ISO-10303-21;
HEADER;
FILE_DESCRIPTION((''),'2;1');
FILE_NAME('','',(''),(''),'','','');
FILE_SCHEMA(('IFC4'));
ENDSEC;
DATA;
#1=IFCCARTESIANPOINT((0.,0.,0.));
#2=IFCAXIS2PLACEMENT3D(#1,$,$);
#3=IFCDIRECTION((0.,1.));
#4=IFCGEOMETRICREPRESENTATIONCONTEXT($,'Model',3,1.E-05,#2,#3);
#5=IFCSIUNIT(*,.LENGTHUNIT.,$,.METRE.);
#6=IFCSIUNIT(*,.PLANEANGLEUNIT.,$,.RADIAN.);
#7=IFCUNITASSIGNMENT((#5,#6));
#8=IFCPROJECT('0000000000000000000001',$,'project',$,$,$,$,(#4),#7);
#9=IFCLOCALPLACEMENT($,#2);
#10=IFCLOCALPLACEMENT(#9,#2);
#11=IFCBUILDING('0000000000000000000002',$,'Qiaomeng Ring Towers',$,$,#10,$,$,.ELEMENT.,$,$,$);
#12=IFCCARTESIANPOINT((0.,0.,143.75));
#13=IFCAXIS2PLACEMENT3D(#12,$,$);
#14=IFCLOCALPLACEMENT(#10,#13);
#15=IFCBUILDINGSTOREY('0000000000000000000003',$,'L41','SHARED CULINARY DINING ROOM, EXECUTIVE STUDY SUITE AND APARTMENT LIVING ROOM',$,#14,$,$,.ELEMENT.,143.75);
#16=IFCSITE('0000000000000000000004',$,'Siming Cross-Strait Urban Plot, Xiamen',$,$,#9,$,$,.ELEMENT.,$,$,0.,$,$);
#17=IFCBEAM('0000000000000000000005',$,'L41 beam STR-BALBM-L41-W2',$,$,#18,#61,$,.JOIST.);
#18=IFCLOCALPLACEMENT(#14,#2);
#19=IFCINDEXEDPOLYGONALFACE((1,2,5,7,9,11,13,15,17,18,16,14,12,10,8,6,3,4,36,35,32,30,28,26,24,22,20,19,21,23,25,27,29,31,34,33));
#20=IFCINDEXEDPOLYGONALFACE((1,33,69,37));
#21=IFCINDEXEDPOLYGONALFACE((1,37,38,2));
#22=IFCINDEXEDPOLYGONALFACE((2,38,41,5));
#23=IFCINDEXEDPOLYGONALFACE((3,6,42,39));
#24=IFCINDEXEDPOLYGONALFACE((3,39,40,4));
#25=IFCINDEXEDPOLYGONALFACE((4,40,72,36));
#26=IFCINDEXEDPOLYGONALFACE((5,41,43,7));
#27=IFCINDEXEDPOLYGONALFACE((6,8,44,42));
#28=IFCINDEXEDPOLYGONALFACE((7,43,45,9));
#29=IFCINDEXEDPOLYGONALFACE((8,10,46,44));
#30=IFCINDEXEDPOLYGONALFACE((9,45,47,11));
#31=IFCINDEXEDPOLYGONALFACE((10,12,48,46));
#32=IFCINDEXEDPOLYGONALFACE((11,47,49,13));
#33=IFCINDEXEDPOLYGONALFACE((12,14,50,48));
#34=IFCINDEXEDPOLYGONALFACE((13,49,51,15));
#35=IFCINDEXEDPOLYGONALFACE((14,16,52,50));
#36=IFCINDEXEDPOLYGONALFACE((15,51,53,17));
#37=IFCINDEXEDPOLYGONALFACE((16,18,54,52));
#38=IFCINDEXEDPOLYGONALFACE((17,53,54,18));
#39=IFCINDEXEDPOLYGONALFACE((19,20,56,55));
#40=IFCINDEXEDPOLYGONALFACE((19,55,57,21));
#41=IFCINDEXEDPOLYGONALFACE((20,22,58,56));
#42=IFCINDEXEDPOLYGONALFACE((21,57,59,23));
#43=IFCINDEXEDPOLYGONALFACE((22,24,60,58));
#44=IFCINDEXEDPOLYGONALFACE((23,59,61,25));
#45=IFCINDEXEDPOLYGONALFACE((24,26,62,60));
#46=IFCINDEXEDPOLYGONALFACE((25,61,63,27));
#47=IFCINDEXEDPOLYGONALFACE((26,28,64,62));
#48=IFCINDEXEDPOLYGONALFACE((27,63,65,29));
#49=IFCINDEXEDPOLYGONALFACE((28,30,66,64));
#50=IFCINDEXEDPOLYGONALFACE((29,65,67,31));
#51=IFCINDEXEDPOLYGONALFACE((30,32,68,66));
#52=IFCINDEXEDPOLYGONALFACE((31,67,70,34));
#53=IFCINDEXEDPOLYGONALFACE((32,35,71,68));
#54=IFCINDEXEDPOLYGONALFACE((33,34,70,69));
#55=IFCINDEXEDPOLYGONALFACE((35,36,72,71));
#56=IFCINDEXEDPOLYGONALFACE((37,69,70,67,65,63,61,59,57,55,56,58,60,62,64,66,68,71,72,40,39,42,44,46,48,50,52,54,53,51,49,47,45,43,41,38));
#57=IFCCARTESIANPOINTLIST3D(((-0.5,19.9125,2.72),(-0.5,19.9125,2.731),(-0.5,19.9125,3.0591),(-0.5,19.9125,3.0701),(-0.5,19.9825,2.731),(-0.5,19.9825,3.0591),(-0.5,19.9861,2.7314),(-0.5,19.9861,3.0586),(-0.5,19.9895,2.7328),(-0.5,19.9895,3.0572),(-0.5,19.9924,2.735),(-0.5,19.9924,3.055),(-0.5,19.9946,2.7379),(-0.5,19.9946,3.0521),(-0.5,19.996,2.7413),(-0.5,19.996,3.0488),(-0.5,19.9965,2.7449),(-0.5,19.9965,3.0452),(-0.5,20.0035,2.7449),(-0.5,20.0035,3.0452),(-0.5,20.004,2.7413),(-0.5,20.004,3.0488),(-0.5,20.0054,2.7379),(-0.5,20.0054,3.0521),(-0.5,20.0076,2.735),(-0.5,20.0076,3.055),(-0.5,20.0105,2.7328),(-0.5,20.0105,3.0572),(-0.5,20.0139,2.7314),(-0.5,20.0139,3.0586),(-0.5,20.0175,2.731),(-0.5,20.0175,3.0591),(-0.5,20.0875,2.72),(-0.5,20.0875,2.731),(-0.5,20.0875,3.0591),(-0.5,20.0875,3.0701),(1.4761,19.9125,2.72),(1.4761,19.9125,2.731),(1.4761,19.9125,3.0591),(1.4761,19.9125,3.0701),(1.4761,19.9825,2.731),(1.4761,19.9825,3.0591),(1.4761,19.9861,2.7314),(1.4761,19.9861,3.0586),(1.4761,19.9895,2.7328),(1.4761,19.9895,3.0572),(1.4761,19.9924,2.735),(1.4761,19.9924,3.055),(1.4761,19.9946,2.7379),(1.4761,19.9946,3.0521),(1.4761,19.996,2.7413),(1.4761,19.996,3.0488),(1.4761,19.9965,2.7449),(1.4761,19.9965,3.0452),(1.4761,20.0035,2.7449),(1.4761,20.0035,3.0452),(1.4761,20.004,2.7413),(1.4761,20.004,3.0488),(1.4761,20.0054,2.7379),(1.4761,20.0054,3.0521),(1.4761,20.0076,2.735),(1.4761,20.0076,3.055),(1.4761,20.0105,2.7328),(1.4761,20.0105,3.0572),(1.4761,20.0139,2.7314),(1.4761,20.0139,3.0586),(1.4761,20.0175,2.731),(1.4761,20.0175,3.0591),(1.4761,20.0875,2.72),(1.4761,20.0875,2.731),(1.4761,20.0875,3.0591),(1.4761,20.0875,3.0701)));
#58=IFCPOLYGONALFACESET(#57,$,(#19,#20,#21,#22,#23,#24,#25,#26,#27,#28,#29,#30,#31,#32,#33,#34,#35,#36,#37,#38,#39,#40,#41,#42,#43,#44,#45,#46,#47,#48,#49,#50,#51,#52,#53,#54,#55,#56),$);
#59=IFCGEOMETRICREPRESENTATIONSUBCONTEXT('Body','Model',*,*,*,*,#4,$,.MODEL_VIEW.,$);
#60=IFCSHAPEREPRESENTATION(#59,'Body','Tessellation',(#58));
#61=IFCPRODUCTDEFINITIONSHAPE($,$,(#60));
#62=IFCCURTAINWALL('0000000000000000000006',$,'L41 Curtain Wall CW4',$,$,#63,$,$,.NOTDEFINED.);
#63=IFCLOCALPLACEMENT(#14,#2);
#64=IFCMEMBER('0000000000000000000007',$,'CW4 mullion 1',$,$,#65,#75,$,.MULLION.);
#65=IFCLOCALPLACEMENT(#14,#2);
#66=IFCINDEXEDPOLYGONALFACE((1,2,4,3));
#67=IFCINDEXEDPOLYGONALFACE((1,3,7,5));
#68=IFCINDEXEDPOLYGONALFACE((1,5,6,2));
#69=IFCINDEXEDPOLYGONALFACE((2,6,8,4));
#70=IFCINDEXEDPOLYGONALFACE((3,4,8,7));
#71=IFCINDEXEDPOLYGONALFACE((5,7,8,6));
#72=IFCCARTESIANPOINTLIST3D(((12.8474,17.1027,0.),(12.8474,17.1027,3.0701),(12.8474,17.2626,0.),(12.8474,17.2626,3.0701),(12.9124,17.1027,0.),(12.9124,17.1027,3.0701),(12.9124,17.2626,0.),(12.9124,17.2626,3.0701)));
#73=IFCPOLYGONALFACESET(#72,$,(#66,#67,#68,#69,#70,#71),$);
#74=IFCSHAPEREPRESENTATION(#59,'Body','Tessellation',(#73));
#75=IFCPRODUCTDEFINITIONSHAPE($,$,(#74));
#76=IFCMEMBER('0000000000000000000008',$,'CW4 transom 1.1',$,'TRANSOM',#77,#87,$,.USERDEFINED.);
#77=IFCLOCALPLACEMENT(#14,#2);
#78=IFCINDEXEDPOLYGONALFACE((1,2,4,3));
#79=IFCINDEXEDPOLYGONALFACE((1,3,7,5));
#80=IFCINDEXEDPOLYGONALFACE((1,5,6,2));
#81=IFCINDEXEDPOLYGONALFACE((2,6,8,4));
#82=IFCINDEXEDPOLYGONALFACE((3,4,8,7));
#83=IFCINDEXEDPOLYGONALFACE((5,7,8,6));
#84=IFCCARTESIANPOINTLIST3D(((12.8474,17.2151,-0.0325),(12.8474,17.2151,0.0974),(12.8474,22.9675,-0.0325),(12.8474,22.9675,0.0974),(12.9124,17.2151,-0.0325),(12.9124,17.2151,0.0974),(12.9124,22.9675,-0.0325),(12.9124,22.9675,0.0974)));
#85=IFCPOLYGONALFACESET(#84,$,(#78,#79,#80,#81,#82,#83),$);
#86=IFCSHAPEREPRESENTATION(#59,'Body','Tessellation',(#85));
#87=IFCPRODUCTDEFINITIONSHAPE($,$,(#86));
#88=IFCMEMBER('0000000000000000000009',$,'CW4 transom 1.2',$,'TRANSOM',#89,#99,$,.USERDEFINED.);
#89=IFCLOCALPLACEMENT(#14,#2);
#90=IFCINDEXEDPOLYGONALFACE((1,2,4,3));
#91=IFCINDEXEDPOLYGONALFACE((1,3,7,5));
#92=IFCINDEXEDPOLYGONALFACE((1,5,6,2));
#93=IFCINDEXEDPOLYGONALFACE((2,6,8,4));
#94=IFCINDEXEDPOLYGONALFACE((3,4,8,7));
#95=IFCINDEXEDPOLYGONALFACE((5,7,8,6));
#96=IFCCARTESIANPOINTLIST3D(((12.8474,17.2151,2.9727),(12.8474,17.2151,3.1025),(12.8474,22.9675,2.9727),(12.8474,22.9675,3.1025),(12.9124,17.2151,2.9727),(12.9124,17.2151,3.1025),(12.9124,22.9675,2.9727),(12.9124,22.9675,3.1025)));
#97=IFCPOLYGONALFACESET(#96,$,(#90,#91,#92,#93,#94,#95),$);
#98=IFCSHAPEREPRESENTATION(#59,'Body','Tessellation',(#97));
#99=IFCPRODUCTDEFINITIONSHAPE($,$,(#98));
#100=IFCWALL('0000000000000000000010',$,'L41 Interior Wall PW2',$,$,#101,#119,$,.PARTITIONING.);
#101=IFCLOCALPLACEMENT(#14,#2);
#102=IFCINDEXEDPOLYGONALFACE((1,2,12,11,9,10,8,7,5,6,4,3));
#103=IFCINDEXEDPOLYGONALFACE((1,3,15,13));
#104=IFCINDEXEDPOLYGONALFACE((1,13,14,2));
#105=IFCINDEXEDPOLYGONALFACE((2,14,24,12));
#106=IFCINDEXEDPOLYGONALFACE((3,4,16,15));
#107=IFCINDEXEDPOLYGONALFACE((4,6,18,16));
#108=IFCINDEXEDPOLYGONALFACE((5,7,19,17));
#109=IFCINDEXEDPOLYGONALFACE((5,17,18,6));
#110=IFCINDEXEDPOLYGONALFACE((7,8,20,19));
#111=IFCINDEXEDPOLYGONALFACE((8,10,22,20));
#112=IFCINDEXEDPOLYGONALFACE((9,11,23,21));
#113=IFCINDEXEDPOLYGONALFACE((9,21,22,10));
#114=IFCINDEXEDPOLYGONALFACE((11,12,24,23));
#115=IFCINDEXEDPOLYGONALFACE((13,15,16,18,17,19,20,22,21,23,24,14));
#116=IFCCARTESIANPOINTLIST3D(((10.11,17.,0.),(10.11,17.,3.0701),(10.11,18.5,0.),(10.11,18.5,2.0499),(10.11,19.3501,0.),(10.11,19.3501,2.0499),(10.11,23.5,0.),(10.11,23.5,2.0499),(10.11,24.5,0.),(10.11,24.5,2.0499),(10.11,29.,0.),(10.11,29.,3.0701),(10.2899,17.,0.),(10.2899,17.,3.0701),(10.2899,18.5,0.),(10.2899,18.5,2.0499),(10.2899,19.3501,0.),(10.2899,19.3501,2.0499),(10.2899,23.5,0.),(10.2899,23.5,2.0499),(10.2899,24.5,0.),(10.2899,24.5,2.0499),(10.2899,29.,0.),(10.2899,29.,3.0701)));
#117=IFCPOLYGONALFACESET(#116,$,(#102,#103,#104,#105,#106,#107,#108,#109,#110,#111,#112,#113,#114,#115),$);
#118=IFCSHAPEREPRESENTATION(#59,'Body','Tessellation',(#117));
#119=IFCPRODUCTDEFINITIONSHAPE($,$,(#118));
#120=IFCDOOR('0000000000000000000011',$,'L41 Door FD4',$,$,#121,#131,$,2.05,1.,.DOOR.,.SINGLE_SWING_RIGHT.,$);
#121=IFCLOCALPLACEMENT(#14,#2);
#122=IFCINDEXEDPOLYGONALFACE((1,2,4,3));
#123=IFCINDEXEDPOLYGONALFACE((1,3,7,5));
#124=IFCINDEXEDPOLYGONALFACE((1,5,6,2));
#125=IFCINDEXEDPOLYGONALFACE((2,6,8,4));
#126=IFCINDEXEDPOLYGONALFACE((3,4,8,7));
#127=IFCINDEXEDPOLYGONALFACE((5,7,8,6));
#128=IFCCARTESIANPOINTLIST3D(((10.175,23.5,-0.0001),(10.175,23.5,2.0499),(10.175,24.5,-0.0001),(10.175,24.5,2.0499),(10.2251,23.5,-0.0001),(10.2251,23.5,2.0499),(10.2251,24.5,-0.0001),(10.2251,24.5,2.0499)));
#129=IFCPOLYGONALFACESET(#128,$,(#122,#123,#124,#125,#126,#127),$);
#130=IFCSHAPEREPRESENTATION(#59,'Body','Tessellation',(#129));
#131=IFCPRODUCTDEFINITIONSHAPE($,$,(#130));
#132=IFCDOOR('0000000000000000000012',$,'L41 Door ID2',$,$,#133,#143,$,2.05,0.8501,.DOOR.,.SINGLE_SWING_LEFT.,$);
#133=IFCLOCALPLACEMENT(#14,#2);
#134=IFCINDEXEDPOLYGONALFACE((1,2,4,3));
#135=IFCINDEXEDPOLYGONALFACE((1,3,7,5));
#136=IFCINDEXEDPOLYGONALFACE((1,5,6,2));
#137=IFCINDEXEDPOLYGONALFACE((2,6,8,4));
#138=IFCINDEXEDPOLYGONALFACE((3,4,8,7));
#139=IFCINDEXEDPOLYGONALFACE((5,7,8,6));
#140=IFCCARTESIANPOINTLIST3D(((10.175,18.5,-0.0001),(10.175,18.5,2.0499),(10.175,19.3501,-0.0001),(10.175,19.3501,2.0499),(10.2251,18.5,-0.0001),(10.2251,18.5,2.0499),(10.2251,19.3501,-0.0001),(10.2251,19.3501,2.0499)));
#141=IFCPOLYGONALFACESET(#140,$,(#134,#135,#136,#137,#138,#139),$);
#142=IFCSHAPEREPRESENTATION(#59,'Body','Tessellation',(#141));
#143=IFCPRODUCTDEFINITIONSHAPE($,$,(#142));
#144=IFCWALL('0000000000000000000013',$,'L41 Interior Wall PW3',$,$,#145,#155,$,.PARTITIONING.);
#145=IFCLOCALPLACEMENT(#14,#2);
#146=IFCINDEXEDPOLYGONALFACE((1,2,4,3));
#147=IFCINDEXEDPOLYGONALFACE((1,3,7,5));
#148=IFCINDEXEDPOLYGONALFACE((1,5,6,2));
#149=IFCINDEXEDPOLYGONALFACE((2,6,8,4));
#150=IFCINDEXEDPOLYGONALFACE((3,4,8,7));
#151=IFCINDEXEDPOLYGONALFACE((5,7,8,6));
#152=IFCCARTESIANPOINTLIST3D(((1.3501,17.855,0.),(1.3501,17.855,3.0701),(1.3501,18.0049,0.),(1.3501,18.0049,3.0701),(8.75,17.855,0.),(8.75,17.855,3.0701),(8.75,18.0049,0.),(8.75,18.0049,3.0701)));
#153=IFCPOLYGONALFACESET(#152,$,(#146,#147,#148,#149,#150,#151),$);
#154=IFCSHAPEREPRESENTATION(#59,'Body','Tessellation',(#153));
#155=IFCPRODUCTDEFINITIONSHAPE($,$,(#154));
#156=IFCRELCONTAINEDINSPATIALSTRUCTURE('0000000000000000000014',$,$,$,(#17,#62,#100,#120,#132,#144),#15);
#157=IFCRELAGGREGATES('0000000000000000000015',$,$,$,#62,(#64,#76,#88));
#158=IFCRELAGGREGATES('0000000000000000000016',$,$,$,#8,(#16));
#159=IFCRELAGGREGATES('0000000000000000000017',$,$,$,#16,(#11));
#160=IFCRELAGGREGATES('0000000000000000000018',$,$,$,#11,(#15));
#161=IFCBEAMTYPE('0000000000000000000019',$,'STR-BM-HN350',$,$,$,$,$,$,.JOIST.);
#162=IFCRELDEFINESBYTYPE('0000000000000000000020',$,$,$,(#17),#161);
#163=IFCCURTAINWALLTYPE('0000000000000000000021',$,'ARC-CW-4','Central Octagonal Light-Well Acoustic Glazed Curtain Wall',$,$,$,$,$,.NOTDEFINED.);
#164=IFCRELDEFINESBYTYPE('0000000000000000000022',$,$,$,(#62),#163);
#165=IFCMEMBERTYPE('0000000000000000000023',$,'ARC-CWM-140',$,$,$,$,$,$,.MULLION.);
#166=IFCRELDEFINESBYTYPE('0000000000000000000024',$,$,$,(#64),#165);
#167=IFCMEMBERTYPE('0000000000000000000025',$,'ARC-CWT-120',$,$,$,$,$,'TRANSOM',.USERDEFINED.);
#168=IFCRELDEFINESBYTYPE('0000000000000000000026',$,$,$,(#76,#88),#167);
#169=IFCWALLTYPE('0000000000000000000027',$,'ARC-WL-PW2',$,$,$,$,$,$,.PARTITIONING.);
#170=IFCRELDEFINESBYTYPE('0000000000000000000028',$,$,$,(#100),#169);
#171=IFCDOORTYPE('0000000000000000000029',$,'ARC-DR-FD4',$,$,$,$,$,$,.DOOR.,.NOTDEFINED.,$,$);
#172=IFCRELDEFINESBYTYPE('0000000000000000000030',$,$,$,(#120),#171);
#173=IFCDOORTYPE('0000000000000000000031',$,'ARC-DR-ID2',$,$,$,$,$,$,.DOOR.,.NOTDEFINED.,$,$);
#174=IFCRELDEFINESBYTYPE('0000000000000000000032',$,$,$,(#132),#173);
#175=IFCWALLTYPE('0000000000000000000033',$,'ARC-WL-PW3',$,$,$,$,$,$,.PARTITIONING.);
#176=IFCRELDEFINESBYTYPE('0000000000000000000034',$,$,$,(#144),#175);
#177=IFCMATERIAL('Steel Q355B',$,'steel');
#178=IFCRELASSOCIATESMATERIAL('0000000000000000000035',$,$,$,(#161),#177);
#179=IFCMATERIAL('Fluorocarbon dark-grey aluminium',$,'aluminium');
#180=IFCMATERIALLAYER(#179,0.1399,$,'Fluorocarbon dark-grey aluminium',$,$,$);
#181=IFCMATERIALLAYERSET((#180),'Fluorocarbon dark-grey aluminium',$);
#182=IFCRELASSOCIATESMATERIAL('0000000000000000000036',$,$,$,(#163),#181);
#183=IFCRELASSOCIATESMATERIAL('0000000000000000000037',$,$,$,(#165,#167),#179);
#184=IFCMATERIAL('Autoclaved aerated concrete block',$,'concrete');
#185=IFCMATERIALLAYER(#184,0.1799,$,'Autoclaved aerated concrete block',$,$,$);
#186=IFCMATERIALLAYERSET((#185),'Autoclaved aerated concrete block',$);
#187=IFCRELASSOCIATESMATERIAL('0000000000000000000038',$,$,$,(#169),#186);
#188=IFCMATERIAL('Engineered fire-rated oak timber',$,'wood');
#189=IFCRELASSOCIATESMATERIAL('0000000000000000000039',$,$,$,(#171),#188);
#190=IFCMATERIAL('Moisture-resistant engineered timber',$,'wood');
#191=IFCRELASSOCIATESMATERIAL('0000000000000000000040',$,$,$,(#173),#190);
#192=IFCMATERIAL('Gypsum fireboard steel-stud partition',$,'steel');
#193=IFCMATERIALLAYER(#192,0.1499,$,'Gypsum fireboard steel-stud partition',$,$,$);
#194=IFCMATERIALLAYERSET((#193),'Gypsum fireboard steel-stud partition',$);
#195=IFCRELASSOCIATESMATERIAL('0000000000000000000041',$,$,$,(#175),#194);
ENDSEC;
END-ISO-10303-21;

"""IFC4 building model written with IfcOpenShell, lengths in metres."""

from ifc_helpers import new_model, si_unit, direction, frame, frame_2d, origin, origin_2d, place, context, subcontext, project, spatial, rectangle, i_section, extrude, source, transform, mapped, material, layer, layer_set, material_profile, profile_set, type_object, element, fill, aggregate, save


model = new_model("IFC4")

# Units and contexts
model_context = context("Model", 3, precision=1e-05, world=origin(), true_north=direction((0.0, 1.0)))
body_context = subcontext(model_context, "Body", "Model", "MODEL_VIEW")
ifc_project = project(units=[si_unit("LENGTHUNIT", "METRE"), si_unit("PLANEANGLEUNIT", "RADIAN")], contexts=[model_context])

# Site, building, storey
site_placement = place(None, origin())
site = spatial("IfcSite", under=ifc_project, at=site_placement, Name="Siming Cross-Strait Urban Plot, Xiamen", CompositionType="ELEMENT", RefElevation=0.0)
building_placement = place(site_placement, origin())
building = spatial("IfcBuilding", under=site, at=building_placement, Name="Qiaomeng Ring Towers", CompositionType="ELEMENT")
storey_placement = place(building_placement, frame((0.0, 0.0, 143.75)))
storey = spatial("IfcBuildingStorey", under=building, at=storey_placement, Name="L41", Description="SHARED CULINARY DINING ROOM, EXECUTIVE STUDY SUITE AND APARTMENT LIVING ROOM", CompositionType="ELEMENT", Elevation=143.75)

# Beam
ifc_material_1 = material(Name="Steel Q355B", Category="steel")
ifc_material_profile_1 = material_profile(ifc_material_1, i_section(OverallWidth=0.175, OverallDepth=0.3501, WebThickness=0.0071, FlangeThickness=0.011, FilletRadius=0.0139, at=origin_2d()), Name="HN 350x175x7x11")
ifc_profile_set_1 = profile_set([ifc_material_profile_1], Name="Steel Q355B")
beam_type_1 = type_object("IfcBeamType", Name="STR-BM-HN350", PredefinedType="JOIST", material=ifc_profile_set_1)
shared_shape_1 = source(origin(), body_context, "Body", "SweptSolid", [
    extrude(i_section(OverallWidth=0.175, OverallDepth=0.3501, WebThickness=0.0071, FlangeThickness=0.011, FilletRadius=0.0139, at=origin_2d()), origin(), (0.0, 0.0, 1.0), 1.9761),
])
beam_1_placement = place(storey_placement, frame((-0.5, 20.0, 2.895), z_axis=(1.0, 0.0, 0.0), x_axis=(0.0, 1.0, 0.0)))
element("IfcBeam", 1, at=beam_1_placement, inside=storey, type_object=beam_type_1, Name="L41 beam STR-BALBM-L41-W2", PredefinedType="JOIST", context=body_context, shape_type="MappedRepresentation", body=[
    mapped(shared_shape_1, transform((0.0, 0.0, 0.0), x_axis=(1.0, 0.0, 0.0), y_axis=(0.0, 1.0, 0.0), z_axis=(0.0, 0.0, 1.0), scale=1.0)),
])

# Curtain wall, members
ifc_material_2 = material(Name="Fluorocarbon dark-grey aluminium", Category="aluminium")
ifc_layer_1 = layer(ifc_material_2, 0.1399, Name="Fluorocarbon dark-grey aluminium")
ifc_layer_set_1 = layer_set([ifc_layer_1], Name="Fluorocarbon dark-grey aluminium")
curtain_wall_type = type_object("IfcCurtainWallType", Name="ARC-CW-4", Description="Central Octagonal Light-Well Acoustic Glazed Curtain Wall", PredefinedType="NOTDEFINED", material=ifc_layer_set_1)
curtain_wall_placement = place(storey_placement, origin())
curtain_wall = element("IfcCurtainWall", 2, at=curtain_wall_placement, inside=storey, type_object=curtain_wall_type, Name="L41 Curtain Wall CW4", PredefinedType="NOTDEFINED")
ifc_material_profile_2 = material_profile(ifc_material_2, rectangle(XDim=0.0649, YDim=0.1599, at=origin_2d()), Name="ALU MULL 65x160")
ifc_profile_set_2 = profile_set([ifc_material_profile_2], Name="Fluorocarbon dark-grey aluminium")
member_type_1 = type_object("IfcMemberType", Name="ARC-CWM-140", PredefinedType="MULLION", material=ifc_profile_set_2)
shared_shape_2 = source(origin(), body_context, "Body", "SweptSolid", [
    extrude(rectangle(XDim=0.0649, YDim=0.1599, at=origin_2d()), origin(), (0.0, 0.0, 1.0), 3.0701),
])
member_1_placement = place(storey_placement, frame((12.8799, 17.1826, 0.0), z_axis=(0.0, 0.0, 1.0), x_axis=(-1.0, 0.0, 0.0)))
member_1 = element("IfcMember", 3, at=member_1_placement, type_object=member_type_1, Name="CW4 mullion 1", PredefinedType="MULLION", context=body_context, shape_type="MappedRepresentation", body=[
    mapped(shared_shape_2, transform((0.0, 0.0, 0.0), x_axis=(1.0, 0.0, 0.0), y_axis=(0.0, 1.0, 0.0), z_axis=(0.0, 0.0, 1.0), scale=1.0)),
])
ifc_material_profile_3 = material_profile(ifc_material_2, rectangle(XDim=0.0649, YDim=0.1299, at=origin_2d()), Name="ALU TRAN 65x130")
ifc_profile_set_3 = profile_set([ifc_material_profile_3], Name="Fluorocarbon dark-grey aluminium")
member_type_2 = type_object("IfcMemberType", Name="ARC-CWT-120", ElementType="TRANSOM", PredefinedType="USERDEFINED", material=ifc_profile_set_3)
shared_shape_3 = source(origin(), body_context, "Body", "SweptSolid", [
    extrude(rectangle(XDim=0.0649, YDim=0.1299, at=origin_2d()), origin(), (0.0, 0.0, 1.0), 5.7524),
])
member_2_placement = place(storey_placement, frame((12.8799, 17.2151, 0.0325), z_axis=(0.0, 1.0, 0.0), x_axis=(-1.0, 0.0, 0.0)))
member_2 = element("IfcMember", 4, at=member_2_placement, type_object=member_type_2, Name="CW4 transom 1.1", ObjectType="TRANSOM", PredefinedType="USERDEFINED", context=body_context, shape_type="MappedRepresentation", body=[
    mapped(shared_shape_3, transform((0.0, 0.0, 0.0), x_axis=(1.0, 0.0, 0.0), y_axis=(0.0, 1.0, 0.0), z_axis=(0.0, 0.0, 1.0), scale=1.0)),
])
member_3_placement = place(storey_placement, frame((12.8799, 17.2151, 3.0376), z_axis=(0.0, 1.0, 0.0), x_axis=(-1.0, 0.0, 0.0)))
member_3 = element("IfcMember", 5, at=member_3_placement, type_object=member_type_2, Name="CW4 transom 1.2", ObjectType="TRANSOM", PredefinedType="USERDEFINED", context=body_context, shape_type="MappedRepresentation", body=[
    mapped(shared_shape_3, transform((0.0, 0.0, 0.0), x_axis=(1.0, 0.0, 0.0), y_axis=(0.0, 1.0, 0.0), z_axis=(0.0, 0.0, 1.0), scale=1.0)),
])
aggregate(curtain_wall, [member_1, member_2, member_3])

# Wall, openings, doors
ifc_material_3 = material(Name="Autoclaved aerated concrete block", Category="concrete")
ifc_layer_2 = layer(ifc_material_3, 0.1799, Name="Autoclaved aerated concrete block")
ifc_layer_set_2 = layer_set([ifc_layer_2], Name="Autoclaved aerated concrete block")
wall_type_1 = type_object("IfcWallType", Name="ARC-WL-PW2", PredefinedType="PARTITIONING", material=ifc_layer_set_2)
wall_1_placement = place(storey_placement, frame((10.2, 17.0, 0.0), z_axis=(0.0, 0.0, 1.0), x_axis=(0.0, 1.0, 0.0)))
wall_1 = element("IfcWall", 6, at=wall_1_placement, inside=storey, type_object=wall_type_1, Name="L41 Interior Wall PW2", PredefinedType="PARTITIONING", context=body_context, shape_type="SweptSolid", body=[
    extrude(rectangle(XDim=12.0, YDim=0.1799, at=frame_2d((6.0, 0.0))), origin(), (0.0, 0.0, 1.0), 3.0701),
])
opening_1_placement = place(wall_1_placement, frame((1.5, 0.0, 0.0)))
opening_1 = element("IfcOpeningElement", 7, at=opening_1_placement, cuts=wall_1, PredefinedType="OPENING", context=body_context, shape_type="SweptSolid", body=[
    extrude(rectangle(XDim=0.8501, YDim=2.05, at=frame_2d((0.425, 1.0249))), frame((0.0, 0.0999, 0.0), z_axis=(0.0, -1.0, 0.0), x_axis=(1.0, 0.0, 0.0)), (0.0, 0.0, 1.0), 0.2),
])
opening_2_placement = place(wall_1_placement, frame((6.5, 0.0, 0.0)))
opening_2 = element("IfcOpeningElement", 8, at=opening_2_placement, cuts=wall_1, PredefinedType="OPENING", context=body_context, shape_type="SweptSolid", body=[
    extrude(rectangle(XDim=1.0, YDim=2.05, at=frame_2d((0.5, 1.0249))), frame((0.0, 0.0999, 0.0), z_axis=(0.0, -1.0, 0.0), x_axis=(1.0, 0.0, 0.0)), (0.0, 0.0, 1.0), 0.2),
])
ifc_material_4 = material(Name="Engineered fire-rated oak timber", Category="wood")
door_type_1 = type_object("IfcDoorType", Name="ARC-DR-FD4", OperationType="NOTDEFINED", PredefinedType="DOOR", material=ifc_material_4)
shared_shape_4 = source(origin(), body_context, "Body", "SweptSolid", [
    extrude(rectangle(XDim=1.0, YDim=2.05, at=frame_2d((0.5, 1.0249))), frame((0.0, 0.0249, 0.0), z_axis=(0.0, -1.0, 0.0), x_axis=(1.0, 0.0, 0.0)), (0.0, 0.0, 1.0), 0.05),
])
door_1_placement = place(opening_2_placement, origin())
door_1 = element("IfcDoor", 9, at=door_1_placement, inside=storey, type_object=door_type_1, Name="L41 Door FD4", OperationType="SINGLE_SWING_RIGHT", OverallHeight=2.05, OverallWidth=1.0, PredefinedType="DOOR", context=body_context, shape_type="MappedRepresentation", body=[
    mapped(shared_shape_4, transform((0.0, 0.0, 0.0), x_axis=(1.0, 0.0, 0.0), y_axis=(0.0, 1.0, 0.0), z_axis=(0.0, 0.0, 1.0), scale=1.0)),
])
fill(opening_2, door_1)
ifc_material_5 = material(Name="Moisture-resistant engineered timber", Category="wood")
door_type_2 = type_object("IfcDoorType", Name="ARC-DR-ID2", OperationType="NOTDEFINED", PredefinedType="DOOR", material=ifc_material_5)
shared_shape_5 = source(origin(), body_context, "Body", "SweptSolid", [
    extrude(rectangle(XDim=0.8501, YDim=2.05, at=frame_2d((0.425, 1.0249))), frame((0.0, 0.0249, 0.0), z_axis=(0.0, -1.0, 0.0), x_axis=(1.0, 0.0, 0.0)), (0.0, 0.0, 1.0), 0.05),
])
door_2_placement = place(opening_1_placement, origin())
door_2 = element("IfcDoor", 10, at=door_2_placement, inside=storey, type_object=door_type_2, Name="L41 Door ID2", OperationType="SINGLE_SWING_LEFT", OverallHeight=2.05, OverallWidth=0.8501, PredefinedType="DOOR", context=body_context, shape_type="MappedRepresentation", body=[
    mapped(shared_shape_5, transform((0.0, 0.0, 0.0), x_axis=(1.0, 0.0, 0.0), y_axis=(0.0, 1.0, 0.0), z_axis=(0.0, 0.0, 1.0), scale=1.0)),
])
fill(opening_1, door_2)

# Wall
ifc_material_6 = material(Name="Gypsum fireboard steel-stud partition", Category="steel")
ifc_layer_3 = layer(ifc_material_6, 0.1499, Name="Gypsum fireboard steel-stud partition")
ifc_layer_set_3 = layer_set([ifc_layer_3], Name="Gypsum fireboard steel-stud partition")
wall_type_2 = type_object("IfcWallType", Name="ARC-WL-PW3", PredefinedType="PARTITIONING", material=ifc_layer_set_3)
wall_2_placement = place(storey_placement, frame((1.3501, 17.9299, 0.0), z_axis=(0.0, 0.0, 1.0), x_axis=(1.0, 0.0, 0.0)))
element("IfcWall", 11, at=wall_2_placement, inside=storey, type_object=wall_type_2, Name="L41 Interior Wall PW3", PredefinedType="PARTITIONING", context=body_context, shape_type="SweptSolid", body=[
    extrude(rectangle(XDim=7.3999, YDim=0.1499, at=frame_2d((3.7, 0.0))), origin(), (0.0, 0.0, 1.0), 3.0701),
])

save(model, "model.ifc")
